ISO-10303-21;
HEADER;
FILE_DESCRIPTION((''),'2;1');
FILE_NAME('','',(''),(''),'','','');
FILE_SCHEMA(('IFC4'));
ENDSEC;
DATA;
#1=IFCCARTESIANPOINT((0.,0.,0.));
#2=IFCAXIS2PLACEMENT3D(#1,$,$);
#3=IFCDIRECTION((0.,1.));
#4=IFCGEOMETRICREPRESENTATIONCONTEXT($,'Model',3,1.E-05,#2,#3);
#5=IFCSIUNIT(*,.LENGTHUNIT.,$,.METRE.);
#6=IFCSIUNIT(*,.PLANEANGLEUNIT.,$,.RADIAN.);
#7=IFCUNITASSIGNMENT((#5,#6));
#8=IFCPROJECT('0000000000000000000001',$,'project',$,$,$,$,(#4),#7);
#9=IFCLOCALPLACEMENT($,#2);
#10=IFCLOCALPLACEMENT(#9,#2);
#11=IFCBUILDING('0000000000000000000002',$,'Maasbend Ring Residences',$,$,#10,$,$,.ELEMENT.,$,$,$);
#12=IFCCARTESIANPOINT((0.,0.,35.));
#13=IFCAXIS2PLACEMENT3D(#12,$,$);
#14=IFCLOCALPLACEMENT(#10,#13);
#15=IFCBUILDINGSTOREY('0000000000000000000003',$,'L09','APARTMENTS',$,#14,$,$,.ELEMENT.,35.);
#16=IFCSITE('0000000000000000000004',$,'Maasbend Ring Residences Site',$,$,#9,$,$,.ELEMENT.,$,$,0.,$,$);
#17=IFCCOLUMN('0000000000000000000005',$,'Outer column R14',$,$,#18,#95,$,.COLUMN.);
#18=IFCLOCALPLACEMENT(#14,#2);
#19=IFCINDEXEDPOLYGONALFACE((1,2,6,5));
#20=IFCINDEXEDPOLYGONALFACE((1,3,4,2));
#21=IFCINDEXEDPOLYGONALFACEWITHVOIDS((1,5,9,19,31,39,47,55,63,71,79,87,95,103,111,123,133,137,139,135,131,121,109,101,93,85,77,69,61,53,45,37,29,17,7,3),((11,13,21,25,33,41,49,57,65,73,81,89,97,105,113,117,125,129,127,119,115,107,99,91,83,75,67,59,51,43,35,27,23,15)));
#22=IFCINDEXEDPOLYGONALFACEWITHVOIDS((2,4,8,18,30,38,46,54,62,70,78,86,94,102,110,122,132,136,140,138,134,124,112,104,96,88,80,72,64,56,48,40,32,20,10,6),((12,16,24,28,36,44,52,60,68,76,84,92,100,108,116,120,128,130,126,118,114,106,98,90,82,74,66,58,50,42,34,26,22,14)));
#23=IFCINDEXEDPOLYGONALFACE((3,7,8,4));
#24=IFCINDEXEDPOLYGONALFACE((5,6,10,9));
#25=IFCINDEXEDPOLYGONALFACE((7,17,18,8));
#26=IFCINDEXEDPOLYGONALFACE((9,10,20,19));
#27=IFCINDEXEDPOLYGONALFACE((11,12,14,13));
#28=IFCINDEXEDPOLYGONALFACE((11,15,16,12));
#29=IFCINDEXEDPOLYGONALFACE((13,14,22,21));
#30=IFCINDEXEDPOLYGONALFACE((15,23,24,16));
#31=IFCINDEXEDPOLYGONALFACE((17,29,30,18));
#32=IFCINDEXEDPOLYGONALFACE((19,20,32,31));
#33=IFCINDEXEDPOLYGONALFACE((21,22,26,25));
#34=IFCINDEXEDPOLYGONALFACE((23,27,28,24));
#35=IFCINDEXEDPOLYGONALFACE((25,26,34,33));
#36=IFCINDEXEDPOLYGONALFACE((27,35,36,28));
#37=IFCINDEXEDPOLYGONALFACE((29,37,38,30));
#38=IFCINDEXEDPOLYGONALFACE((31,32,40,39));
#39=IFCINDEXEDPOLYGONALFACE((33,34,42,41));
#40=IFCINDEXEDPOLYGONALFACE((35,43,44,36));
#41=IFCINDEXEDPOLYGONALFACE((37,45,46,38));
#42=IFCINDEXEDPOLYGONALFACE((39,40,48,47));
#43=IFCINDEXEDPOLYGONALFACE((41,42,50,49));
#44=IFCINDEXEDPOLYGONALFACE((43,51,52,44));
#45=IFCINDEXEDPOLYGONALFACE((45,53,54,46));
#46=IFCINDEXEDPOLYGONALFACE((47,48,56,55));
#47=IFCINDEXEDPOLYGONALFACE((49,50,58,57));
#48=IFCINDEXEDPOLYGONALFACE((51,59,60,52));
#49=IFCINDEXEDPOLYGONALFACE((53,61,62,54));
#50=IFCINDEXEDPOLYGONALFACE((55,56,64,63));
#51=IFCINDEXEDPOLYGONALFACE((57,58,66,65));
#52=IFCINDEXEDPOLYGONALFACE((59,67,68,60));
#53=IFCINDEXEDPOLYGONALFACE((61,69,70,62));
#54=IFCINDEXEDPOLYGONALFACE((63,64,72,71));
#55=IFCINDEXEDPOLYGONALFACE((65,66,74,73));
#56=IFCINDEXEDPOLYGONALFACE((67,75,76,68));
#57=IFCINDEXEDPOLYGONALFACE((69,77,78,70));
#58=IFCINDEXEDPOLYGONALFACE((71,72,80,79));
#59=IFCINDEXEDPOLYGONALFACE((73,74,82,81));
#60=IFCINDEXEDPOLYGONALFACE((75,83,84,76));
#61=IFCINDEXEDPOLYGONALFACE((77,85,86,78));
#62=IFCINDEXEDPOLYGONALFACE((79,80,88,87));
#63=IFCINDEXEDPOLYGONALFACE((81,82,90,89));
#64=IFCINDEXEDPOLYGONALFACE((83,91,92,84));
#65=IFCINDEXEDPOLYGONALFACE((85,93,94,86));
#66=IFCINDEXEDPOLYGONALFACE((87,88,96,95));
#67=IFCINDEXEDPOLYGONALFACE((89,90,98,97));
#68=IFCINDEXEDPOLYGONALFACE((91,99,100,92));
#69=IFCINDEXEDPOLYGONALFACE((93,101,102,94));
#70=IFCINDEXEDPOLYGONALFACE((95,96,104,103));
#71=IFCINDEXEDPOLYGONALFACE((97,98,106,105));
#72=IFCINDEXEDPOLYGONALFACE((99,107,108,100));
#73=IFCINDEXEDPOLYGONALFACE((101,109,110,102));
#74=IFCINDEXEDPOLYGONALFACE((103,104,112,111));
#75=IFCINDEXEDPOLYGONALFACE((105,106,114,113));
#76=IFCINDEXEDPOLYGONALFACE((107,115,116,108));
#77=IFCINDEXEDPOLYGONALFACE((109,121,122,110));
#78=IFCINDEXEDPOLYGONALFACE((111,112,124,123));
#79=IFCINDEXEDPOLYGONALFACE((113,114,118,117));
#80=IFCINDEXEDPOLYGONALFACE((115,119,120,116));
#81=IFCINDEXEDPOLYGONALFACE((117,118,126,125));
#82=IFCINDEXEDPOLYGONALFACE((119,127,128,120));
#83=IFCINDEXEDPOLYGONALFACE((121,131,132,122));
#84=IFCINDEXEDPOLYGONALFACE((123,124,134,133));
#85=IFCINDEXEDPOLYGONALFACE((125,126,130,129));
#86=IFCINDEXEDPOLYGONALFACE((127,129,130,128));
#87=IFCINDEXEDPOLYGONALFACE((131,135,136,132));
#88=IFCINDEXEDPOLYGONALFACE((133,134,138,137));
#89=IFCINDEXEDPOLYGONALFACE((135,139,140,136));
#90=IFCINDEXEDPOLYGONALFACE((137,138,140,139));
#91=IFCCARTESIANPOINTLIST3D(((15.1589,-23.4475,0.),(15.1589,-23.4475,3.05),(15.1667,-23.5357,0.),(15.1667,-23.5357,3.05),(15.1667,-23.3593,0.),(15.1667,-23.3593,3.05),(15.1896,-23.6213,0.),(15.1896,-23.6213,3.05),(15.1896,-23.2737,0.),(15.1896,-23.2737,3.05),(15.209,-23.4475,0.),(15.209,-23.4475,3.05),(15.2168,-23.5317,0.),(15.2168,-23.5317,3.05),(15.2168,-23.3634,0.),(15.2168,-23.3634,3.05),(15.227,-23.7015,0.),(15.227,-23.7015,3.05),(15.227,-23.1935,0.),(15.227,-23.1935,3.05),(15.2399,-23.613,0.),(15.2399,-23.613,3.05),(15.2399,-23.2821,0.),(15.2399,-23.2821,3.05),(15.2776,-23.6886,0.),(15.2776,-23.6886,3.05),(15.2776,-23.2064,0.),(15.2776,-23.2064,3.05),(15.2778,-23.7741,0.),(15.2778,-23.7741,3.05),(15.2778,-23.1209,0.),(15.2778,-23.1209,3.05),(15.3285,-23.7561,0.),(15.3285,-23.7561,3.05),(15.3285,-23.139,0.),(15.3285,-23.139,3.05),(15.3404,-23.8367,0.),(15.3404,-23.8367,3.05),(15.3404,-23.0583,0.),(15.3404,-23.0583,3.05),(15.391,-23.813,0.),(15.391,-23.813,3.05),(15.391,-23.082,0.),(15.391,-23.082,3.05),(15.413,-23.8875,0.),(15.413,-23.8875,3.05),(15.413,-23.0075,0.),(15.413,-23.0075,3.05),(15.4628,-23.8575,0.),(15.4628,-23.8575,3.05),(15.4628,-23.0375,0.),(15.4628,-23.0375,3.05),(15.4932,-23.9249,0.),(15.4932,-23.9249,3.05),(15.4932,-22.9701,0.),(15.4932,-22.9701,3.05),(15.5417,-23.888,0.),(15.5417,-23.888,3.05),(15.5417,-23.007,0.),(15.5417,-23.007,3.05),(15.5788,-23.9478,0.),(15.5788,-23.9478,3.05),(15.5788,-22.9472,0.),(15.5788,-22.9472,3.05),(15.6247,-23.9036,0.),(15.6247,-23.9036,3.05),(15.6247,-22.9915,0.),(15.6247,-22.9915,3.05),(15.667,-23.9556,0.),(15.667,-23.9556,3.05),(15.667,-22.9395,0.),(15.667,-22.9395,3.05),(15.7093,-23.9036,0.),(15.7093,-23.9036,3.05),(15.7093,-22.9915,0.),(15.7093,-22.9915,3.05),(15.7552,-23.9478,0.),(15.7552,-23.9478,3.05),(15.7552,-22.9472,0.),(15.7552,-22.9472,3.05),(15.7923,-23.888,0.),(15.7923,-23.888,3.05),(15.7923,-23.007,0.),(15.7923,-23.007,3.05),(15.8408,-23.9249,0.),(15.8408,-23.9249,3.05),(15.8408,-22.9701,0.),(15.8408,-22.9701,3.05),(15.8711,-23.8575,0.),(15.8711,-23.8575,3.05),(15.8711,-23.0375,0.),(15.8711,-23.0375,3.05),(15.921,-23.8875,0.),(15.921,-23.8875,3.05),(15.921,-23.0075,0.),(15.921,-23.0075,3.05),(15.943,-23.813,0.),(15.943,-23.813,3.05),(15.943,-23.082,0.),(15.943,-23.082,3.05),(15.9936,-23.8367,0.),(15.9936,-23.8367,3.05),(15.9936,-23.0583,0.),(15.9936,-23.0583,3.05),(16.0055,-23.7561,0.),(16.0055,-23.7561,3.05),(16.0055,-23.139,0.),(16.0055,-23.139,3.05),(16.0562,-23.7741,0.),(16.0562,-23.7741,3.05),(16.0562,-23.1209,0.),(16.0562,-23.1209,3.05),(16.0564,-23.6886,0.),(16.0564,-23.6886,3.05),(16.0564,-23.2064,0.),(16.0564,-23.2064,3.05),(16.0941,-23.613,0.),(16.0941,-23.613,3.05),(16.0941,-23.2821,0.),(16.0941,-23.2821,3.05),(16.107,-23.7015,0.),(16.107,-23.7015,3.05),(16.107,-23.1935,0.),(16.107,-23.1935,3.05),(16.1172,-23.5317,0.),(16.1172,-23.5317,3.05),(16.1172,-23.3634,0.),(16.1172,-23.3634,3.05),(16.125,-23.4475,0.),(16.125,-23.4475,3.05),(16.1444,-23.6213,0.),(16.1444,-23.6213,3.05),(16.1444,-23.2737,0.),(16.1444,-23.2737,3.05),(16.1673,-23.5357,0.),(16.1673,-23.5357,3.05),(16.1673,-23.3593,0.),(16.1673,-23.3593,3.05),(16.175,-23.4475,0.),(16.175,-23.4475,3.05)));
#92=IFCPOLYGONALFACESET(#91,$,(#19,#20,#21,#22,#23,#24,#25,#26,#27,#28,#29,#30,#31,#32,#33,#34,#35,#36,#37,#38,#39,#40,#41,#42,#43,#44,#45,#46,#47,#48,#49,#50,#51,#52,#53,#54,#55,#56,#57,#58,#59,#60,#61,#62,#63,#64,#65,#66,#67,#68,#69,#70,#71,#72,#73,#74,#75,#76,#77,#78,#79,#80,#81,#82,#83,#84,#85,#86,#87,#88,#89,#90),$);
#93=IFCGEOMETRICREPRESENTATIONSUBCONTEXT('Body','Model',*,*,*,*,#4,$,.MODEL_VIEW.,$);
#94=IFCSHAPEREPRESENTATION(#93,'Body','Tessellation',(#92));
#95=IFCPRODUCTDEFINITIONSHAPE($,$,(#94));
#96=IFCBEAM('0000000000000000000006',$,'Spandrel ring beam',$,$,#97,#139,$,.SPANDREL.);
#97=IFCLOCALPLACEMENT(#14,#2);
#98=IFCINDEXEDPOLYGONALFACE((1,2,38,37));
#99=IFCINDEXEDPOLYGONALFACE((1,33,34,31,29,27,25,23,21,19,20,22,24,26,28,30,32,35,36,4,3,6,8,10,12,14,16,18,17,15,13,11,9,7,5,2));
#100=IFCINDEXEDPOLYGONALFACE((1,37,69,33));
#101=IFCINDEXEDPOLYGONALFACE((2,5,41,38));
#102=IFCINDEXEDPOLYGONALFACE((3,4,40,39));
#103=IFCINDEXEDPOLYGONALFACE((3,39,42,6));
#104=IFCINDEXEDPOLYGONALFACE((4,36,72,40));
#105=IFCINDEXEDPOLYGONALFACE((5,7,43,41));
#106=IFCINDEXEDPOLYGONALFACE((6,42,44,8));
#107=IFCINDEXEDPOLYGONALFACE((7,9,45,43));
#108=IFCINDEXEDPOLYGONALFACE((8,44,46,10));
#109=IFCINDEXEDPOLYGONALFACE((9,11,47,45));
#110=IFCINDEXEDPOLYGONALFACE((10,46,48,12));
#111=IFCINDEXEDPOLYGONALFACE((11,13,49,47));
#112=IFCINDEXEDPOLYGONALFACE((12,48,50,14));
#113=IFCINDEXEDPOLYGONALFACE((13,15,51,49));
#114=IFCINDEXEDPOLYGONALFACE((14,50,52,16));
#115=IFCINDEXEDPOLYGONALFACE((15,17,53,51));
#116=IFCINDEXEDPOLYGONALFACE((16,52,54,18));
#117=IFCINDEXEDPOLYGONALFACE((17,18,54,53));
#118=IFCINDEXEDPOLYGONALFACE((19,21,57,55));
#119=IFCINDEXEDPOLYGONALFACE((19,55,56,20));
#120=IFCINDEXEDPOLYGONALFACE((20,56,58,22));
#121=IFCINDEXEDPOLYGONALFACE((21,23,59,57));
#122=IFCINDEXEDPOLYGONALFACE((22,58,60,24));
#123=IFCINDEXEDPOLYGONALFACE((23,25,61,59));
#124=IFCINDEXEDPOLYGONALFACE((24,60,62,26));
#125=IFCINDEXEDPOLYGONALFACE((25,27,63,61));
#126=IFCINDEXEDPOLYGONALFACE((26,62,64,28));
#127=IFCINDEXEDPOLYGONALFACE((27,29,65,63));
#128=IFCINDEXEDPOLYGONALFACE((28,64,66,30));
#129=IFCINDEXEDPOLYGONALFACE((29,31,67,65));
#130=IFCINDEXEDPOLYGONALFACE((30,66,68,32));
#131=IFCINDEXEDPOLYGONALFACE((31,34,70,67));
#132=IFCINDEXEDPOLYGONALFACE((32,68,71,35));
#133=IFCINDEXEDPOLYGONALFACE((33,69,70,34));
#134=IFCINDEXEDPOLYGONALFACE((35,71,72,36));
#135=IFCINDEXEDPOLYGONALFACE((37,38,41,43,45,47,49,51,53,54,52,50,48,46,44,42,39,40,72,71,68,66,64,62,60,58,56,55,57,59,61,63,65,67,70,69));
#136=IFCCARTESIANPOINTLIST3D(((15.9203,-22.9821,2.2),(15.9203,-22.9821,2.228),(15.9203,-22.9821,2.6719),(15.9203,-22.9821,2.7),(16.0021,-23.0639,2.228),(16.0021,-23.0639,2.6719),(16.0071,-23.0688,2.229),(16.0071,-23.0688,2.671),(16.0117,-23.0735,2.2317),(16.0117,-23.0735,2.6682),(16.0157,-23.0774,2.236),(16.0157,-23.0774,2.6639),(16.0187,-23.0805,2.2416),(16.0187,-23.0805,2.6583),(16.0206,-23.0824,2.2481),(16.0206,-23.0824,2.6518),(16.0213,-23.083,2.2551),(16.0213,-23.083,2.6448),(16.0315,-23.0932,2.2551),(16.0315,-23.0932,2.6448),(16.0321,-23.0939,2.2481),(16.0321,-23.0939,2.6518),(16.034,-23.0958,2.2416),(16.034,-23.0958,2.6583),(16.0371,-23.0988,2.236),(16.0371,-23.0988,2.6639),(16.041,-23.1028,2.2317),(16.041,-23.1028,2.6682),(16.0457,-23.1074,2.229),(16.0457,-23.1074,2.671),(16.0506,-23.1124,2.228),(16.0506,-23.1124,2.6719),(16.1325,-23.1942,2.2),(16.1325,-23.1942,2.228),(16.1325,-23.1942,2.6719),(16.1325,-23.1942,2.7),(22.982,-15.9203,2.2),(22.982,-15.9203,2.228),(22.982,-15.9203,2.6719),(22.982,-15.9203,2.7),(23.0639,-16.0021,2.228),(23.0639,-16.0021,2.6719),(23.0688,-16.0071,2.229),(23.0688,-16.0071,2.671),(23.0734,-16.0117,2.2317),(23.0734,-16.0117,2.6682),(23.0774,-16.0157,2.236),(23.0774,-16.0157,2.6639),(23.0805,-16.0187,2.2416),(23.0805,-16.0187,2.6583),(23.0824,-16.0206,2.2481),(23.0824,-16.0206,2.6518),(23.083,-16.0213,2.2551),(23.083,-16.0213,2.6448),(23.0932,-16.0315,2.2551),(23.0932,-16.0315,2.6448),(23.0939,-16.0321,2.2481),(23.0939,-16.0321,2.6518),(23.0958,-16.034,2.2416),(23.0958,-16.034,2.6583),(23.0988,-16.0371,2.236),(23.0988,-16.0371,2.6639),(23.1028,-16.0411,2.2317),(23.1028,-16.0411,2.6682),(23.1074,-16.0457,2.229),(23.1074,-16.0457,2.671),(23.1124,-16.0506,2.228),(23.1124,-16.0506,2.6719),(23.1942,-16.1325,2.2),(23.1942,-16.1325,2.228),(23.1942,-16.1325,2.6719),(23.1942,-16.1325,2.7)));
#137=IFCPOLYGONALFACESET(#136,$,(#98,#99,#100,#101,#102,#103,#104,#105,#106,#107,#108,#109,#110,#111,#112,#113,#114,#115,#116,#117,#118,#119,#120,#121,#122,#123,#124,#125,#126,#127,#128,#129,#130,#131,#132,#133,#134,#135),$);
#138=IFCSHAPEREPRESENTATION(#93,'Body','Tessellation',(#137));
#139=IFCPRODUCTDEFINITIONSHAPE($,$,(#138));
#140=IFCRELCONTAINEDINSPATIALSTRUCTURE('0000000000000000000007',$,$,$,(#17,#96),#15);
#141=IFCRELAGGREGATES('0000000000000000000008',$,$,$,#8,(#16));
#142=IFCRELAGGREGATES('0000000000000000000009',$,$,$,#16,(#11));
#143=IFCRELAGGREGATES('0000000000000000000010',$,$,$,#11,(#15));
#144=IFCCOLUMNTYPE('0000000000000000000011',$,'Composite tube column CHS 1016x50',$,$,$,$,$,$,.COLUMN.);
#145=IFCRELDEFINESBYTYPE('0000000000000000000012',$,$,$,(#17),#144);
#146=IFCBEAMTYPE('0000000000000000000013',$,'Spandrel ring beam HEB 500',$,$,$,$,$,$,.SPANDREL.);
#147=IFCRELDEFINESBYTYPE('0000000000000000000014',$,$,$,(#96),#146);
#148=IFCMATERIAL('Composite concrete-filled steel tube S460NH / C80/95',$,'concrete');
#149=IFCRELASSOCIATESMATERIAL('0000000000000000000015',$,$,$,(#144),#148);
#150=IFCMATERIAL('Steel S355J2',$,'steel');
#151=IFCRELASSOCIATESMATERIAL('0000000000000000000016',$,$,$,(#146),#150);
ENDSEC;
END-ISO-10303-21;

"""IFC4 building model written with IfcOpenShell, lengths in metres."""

from ifc_helpers import new_model, si_unit, direction, frame, origin, origin_2d, place, context, subcontext, project, spatial, hollow_circle, i_section, extrude, material, material_profile, profile_set, type_object, element, save


model = new_model("IFC4")

# Units and contexts
model_context = context("Model", 3, precision=1e-05, world=origin(), true_north=direction((0.0, 1.0)))
body_context = subcontext(model_context, "Body", "Model", "MODEL_VIEW")
ifc_project = project(units=[si_unit("LENGTHUNIT", "METRE"), si_unit("PLANEANGLEUNIT", "RADIAN")], contexts=[model_context])

# Site, building, storey
site_placement = place(None, origin())
site = spatial("IfcSite", under=ifc_project, at=site_placement, Name="Maasbend Ring Residences Site", CompositionType="ELEMENT", RefElevation=0.0)
building_placement = place(site_placement, origin())
building = spatial("IfcBuilding", under=site, at=building_placement, Name="Maasbend Ring Residences", CompositionType="ELEMENT")
storey_placement = place(building_placement, frame((0.0, 0.0, 35.0)))
storey = spatial("IfcBuildingStorey", under=building, at=storey_placement, Name="L09", Description="APARTMENTS", CompositionType="ELEMENT", Elevation=35.0)

# Column
ifc_material_1 = material(Name="Composite concrete-filled steel tube S460NH / C80/95", Category="concrete")
ifc_material_profile_1 = material_profile(ifc_material_1, hollow_circle(Radius=0.5081, WallThickness=0.05, at=origin_2d()), Name="Composite tube column CHS 1016x50")
ifc_profile_set_1 = profile_set([ifc_material_profile_1], Name="Composite concrete-filled steel tube S460NH / C80/95")
column_type = type_object("IfcColumnType", Name="Composite tube column CHS 1016x50", PredefinedType="COLUMN", material=ifc_profile_set_1)
column_placement = place(storey_placement, frame((15.667, -23.4475, 0.0), z_axis=(0.0, 0.0, 1.0), x_axis=(1.0, 0.0, 0.0)))
element("IfcColumn", 1, at=column_placement, inside=storey, type_object=column_type, Name="Outer column R14", PredefinedType="COLUMN", context=body_context, shape_type="SweptSolid", body=[
    extrude(hollow_circle(Radius=0.5081, WallThickness=0.05, at=origin_2d()), origin(), (0.0, 0.0, 1.0), 3.05),
])

# Beam
ifc_material_2 = material(Name="Steel S355J2", Category="steel")
ifc_material_profile_2 = material_profile(ifc_material_2, i_section(OverallWidth=0.3, OverallDepth=0.5, WebThickness=0.0144, FlangeThickness=0.0281, FilletRadius=0.0271, at=origin_2d()), Name="HEB 500")
ifc_profile_set_2 = profile_set([ifc_material_profile_2], Name="Steel S355J2")
beam_type = type_object("IfcBeamType", Name="Spandrel ring beam HEB 500", PredefinedType="SPANDREL", material=ifc_profile_set_2)
beam_placement = place(storey_placement, frame((16.0264, -23.0881, 2.45), z_axis=(0.707107, 0.707107, 0.0), x_axis=(-0.707107, 0.707107, 0.0)))
element("IfcBeam", 2, at=beam_placement, inside=storey, type_object=beam_type, Name="Spandrel ring beam", PredefinedType="SPANDREL", context=body_context, shape_type="SweptSolid", body=[
    extrude(i_section(OverallWidth=0.3, OverallDepth=0.5, WebThickness=0.0144, FlangeThickness=0.0281, FilletRadius=0.0271, at=origin_2d()), origin(), (0.0, 0.0, 1.0), 9.9868),
])

save(model, "model.ifc")
